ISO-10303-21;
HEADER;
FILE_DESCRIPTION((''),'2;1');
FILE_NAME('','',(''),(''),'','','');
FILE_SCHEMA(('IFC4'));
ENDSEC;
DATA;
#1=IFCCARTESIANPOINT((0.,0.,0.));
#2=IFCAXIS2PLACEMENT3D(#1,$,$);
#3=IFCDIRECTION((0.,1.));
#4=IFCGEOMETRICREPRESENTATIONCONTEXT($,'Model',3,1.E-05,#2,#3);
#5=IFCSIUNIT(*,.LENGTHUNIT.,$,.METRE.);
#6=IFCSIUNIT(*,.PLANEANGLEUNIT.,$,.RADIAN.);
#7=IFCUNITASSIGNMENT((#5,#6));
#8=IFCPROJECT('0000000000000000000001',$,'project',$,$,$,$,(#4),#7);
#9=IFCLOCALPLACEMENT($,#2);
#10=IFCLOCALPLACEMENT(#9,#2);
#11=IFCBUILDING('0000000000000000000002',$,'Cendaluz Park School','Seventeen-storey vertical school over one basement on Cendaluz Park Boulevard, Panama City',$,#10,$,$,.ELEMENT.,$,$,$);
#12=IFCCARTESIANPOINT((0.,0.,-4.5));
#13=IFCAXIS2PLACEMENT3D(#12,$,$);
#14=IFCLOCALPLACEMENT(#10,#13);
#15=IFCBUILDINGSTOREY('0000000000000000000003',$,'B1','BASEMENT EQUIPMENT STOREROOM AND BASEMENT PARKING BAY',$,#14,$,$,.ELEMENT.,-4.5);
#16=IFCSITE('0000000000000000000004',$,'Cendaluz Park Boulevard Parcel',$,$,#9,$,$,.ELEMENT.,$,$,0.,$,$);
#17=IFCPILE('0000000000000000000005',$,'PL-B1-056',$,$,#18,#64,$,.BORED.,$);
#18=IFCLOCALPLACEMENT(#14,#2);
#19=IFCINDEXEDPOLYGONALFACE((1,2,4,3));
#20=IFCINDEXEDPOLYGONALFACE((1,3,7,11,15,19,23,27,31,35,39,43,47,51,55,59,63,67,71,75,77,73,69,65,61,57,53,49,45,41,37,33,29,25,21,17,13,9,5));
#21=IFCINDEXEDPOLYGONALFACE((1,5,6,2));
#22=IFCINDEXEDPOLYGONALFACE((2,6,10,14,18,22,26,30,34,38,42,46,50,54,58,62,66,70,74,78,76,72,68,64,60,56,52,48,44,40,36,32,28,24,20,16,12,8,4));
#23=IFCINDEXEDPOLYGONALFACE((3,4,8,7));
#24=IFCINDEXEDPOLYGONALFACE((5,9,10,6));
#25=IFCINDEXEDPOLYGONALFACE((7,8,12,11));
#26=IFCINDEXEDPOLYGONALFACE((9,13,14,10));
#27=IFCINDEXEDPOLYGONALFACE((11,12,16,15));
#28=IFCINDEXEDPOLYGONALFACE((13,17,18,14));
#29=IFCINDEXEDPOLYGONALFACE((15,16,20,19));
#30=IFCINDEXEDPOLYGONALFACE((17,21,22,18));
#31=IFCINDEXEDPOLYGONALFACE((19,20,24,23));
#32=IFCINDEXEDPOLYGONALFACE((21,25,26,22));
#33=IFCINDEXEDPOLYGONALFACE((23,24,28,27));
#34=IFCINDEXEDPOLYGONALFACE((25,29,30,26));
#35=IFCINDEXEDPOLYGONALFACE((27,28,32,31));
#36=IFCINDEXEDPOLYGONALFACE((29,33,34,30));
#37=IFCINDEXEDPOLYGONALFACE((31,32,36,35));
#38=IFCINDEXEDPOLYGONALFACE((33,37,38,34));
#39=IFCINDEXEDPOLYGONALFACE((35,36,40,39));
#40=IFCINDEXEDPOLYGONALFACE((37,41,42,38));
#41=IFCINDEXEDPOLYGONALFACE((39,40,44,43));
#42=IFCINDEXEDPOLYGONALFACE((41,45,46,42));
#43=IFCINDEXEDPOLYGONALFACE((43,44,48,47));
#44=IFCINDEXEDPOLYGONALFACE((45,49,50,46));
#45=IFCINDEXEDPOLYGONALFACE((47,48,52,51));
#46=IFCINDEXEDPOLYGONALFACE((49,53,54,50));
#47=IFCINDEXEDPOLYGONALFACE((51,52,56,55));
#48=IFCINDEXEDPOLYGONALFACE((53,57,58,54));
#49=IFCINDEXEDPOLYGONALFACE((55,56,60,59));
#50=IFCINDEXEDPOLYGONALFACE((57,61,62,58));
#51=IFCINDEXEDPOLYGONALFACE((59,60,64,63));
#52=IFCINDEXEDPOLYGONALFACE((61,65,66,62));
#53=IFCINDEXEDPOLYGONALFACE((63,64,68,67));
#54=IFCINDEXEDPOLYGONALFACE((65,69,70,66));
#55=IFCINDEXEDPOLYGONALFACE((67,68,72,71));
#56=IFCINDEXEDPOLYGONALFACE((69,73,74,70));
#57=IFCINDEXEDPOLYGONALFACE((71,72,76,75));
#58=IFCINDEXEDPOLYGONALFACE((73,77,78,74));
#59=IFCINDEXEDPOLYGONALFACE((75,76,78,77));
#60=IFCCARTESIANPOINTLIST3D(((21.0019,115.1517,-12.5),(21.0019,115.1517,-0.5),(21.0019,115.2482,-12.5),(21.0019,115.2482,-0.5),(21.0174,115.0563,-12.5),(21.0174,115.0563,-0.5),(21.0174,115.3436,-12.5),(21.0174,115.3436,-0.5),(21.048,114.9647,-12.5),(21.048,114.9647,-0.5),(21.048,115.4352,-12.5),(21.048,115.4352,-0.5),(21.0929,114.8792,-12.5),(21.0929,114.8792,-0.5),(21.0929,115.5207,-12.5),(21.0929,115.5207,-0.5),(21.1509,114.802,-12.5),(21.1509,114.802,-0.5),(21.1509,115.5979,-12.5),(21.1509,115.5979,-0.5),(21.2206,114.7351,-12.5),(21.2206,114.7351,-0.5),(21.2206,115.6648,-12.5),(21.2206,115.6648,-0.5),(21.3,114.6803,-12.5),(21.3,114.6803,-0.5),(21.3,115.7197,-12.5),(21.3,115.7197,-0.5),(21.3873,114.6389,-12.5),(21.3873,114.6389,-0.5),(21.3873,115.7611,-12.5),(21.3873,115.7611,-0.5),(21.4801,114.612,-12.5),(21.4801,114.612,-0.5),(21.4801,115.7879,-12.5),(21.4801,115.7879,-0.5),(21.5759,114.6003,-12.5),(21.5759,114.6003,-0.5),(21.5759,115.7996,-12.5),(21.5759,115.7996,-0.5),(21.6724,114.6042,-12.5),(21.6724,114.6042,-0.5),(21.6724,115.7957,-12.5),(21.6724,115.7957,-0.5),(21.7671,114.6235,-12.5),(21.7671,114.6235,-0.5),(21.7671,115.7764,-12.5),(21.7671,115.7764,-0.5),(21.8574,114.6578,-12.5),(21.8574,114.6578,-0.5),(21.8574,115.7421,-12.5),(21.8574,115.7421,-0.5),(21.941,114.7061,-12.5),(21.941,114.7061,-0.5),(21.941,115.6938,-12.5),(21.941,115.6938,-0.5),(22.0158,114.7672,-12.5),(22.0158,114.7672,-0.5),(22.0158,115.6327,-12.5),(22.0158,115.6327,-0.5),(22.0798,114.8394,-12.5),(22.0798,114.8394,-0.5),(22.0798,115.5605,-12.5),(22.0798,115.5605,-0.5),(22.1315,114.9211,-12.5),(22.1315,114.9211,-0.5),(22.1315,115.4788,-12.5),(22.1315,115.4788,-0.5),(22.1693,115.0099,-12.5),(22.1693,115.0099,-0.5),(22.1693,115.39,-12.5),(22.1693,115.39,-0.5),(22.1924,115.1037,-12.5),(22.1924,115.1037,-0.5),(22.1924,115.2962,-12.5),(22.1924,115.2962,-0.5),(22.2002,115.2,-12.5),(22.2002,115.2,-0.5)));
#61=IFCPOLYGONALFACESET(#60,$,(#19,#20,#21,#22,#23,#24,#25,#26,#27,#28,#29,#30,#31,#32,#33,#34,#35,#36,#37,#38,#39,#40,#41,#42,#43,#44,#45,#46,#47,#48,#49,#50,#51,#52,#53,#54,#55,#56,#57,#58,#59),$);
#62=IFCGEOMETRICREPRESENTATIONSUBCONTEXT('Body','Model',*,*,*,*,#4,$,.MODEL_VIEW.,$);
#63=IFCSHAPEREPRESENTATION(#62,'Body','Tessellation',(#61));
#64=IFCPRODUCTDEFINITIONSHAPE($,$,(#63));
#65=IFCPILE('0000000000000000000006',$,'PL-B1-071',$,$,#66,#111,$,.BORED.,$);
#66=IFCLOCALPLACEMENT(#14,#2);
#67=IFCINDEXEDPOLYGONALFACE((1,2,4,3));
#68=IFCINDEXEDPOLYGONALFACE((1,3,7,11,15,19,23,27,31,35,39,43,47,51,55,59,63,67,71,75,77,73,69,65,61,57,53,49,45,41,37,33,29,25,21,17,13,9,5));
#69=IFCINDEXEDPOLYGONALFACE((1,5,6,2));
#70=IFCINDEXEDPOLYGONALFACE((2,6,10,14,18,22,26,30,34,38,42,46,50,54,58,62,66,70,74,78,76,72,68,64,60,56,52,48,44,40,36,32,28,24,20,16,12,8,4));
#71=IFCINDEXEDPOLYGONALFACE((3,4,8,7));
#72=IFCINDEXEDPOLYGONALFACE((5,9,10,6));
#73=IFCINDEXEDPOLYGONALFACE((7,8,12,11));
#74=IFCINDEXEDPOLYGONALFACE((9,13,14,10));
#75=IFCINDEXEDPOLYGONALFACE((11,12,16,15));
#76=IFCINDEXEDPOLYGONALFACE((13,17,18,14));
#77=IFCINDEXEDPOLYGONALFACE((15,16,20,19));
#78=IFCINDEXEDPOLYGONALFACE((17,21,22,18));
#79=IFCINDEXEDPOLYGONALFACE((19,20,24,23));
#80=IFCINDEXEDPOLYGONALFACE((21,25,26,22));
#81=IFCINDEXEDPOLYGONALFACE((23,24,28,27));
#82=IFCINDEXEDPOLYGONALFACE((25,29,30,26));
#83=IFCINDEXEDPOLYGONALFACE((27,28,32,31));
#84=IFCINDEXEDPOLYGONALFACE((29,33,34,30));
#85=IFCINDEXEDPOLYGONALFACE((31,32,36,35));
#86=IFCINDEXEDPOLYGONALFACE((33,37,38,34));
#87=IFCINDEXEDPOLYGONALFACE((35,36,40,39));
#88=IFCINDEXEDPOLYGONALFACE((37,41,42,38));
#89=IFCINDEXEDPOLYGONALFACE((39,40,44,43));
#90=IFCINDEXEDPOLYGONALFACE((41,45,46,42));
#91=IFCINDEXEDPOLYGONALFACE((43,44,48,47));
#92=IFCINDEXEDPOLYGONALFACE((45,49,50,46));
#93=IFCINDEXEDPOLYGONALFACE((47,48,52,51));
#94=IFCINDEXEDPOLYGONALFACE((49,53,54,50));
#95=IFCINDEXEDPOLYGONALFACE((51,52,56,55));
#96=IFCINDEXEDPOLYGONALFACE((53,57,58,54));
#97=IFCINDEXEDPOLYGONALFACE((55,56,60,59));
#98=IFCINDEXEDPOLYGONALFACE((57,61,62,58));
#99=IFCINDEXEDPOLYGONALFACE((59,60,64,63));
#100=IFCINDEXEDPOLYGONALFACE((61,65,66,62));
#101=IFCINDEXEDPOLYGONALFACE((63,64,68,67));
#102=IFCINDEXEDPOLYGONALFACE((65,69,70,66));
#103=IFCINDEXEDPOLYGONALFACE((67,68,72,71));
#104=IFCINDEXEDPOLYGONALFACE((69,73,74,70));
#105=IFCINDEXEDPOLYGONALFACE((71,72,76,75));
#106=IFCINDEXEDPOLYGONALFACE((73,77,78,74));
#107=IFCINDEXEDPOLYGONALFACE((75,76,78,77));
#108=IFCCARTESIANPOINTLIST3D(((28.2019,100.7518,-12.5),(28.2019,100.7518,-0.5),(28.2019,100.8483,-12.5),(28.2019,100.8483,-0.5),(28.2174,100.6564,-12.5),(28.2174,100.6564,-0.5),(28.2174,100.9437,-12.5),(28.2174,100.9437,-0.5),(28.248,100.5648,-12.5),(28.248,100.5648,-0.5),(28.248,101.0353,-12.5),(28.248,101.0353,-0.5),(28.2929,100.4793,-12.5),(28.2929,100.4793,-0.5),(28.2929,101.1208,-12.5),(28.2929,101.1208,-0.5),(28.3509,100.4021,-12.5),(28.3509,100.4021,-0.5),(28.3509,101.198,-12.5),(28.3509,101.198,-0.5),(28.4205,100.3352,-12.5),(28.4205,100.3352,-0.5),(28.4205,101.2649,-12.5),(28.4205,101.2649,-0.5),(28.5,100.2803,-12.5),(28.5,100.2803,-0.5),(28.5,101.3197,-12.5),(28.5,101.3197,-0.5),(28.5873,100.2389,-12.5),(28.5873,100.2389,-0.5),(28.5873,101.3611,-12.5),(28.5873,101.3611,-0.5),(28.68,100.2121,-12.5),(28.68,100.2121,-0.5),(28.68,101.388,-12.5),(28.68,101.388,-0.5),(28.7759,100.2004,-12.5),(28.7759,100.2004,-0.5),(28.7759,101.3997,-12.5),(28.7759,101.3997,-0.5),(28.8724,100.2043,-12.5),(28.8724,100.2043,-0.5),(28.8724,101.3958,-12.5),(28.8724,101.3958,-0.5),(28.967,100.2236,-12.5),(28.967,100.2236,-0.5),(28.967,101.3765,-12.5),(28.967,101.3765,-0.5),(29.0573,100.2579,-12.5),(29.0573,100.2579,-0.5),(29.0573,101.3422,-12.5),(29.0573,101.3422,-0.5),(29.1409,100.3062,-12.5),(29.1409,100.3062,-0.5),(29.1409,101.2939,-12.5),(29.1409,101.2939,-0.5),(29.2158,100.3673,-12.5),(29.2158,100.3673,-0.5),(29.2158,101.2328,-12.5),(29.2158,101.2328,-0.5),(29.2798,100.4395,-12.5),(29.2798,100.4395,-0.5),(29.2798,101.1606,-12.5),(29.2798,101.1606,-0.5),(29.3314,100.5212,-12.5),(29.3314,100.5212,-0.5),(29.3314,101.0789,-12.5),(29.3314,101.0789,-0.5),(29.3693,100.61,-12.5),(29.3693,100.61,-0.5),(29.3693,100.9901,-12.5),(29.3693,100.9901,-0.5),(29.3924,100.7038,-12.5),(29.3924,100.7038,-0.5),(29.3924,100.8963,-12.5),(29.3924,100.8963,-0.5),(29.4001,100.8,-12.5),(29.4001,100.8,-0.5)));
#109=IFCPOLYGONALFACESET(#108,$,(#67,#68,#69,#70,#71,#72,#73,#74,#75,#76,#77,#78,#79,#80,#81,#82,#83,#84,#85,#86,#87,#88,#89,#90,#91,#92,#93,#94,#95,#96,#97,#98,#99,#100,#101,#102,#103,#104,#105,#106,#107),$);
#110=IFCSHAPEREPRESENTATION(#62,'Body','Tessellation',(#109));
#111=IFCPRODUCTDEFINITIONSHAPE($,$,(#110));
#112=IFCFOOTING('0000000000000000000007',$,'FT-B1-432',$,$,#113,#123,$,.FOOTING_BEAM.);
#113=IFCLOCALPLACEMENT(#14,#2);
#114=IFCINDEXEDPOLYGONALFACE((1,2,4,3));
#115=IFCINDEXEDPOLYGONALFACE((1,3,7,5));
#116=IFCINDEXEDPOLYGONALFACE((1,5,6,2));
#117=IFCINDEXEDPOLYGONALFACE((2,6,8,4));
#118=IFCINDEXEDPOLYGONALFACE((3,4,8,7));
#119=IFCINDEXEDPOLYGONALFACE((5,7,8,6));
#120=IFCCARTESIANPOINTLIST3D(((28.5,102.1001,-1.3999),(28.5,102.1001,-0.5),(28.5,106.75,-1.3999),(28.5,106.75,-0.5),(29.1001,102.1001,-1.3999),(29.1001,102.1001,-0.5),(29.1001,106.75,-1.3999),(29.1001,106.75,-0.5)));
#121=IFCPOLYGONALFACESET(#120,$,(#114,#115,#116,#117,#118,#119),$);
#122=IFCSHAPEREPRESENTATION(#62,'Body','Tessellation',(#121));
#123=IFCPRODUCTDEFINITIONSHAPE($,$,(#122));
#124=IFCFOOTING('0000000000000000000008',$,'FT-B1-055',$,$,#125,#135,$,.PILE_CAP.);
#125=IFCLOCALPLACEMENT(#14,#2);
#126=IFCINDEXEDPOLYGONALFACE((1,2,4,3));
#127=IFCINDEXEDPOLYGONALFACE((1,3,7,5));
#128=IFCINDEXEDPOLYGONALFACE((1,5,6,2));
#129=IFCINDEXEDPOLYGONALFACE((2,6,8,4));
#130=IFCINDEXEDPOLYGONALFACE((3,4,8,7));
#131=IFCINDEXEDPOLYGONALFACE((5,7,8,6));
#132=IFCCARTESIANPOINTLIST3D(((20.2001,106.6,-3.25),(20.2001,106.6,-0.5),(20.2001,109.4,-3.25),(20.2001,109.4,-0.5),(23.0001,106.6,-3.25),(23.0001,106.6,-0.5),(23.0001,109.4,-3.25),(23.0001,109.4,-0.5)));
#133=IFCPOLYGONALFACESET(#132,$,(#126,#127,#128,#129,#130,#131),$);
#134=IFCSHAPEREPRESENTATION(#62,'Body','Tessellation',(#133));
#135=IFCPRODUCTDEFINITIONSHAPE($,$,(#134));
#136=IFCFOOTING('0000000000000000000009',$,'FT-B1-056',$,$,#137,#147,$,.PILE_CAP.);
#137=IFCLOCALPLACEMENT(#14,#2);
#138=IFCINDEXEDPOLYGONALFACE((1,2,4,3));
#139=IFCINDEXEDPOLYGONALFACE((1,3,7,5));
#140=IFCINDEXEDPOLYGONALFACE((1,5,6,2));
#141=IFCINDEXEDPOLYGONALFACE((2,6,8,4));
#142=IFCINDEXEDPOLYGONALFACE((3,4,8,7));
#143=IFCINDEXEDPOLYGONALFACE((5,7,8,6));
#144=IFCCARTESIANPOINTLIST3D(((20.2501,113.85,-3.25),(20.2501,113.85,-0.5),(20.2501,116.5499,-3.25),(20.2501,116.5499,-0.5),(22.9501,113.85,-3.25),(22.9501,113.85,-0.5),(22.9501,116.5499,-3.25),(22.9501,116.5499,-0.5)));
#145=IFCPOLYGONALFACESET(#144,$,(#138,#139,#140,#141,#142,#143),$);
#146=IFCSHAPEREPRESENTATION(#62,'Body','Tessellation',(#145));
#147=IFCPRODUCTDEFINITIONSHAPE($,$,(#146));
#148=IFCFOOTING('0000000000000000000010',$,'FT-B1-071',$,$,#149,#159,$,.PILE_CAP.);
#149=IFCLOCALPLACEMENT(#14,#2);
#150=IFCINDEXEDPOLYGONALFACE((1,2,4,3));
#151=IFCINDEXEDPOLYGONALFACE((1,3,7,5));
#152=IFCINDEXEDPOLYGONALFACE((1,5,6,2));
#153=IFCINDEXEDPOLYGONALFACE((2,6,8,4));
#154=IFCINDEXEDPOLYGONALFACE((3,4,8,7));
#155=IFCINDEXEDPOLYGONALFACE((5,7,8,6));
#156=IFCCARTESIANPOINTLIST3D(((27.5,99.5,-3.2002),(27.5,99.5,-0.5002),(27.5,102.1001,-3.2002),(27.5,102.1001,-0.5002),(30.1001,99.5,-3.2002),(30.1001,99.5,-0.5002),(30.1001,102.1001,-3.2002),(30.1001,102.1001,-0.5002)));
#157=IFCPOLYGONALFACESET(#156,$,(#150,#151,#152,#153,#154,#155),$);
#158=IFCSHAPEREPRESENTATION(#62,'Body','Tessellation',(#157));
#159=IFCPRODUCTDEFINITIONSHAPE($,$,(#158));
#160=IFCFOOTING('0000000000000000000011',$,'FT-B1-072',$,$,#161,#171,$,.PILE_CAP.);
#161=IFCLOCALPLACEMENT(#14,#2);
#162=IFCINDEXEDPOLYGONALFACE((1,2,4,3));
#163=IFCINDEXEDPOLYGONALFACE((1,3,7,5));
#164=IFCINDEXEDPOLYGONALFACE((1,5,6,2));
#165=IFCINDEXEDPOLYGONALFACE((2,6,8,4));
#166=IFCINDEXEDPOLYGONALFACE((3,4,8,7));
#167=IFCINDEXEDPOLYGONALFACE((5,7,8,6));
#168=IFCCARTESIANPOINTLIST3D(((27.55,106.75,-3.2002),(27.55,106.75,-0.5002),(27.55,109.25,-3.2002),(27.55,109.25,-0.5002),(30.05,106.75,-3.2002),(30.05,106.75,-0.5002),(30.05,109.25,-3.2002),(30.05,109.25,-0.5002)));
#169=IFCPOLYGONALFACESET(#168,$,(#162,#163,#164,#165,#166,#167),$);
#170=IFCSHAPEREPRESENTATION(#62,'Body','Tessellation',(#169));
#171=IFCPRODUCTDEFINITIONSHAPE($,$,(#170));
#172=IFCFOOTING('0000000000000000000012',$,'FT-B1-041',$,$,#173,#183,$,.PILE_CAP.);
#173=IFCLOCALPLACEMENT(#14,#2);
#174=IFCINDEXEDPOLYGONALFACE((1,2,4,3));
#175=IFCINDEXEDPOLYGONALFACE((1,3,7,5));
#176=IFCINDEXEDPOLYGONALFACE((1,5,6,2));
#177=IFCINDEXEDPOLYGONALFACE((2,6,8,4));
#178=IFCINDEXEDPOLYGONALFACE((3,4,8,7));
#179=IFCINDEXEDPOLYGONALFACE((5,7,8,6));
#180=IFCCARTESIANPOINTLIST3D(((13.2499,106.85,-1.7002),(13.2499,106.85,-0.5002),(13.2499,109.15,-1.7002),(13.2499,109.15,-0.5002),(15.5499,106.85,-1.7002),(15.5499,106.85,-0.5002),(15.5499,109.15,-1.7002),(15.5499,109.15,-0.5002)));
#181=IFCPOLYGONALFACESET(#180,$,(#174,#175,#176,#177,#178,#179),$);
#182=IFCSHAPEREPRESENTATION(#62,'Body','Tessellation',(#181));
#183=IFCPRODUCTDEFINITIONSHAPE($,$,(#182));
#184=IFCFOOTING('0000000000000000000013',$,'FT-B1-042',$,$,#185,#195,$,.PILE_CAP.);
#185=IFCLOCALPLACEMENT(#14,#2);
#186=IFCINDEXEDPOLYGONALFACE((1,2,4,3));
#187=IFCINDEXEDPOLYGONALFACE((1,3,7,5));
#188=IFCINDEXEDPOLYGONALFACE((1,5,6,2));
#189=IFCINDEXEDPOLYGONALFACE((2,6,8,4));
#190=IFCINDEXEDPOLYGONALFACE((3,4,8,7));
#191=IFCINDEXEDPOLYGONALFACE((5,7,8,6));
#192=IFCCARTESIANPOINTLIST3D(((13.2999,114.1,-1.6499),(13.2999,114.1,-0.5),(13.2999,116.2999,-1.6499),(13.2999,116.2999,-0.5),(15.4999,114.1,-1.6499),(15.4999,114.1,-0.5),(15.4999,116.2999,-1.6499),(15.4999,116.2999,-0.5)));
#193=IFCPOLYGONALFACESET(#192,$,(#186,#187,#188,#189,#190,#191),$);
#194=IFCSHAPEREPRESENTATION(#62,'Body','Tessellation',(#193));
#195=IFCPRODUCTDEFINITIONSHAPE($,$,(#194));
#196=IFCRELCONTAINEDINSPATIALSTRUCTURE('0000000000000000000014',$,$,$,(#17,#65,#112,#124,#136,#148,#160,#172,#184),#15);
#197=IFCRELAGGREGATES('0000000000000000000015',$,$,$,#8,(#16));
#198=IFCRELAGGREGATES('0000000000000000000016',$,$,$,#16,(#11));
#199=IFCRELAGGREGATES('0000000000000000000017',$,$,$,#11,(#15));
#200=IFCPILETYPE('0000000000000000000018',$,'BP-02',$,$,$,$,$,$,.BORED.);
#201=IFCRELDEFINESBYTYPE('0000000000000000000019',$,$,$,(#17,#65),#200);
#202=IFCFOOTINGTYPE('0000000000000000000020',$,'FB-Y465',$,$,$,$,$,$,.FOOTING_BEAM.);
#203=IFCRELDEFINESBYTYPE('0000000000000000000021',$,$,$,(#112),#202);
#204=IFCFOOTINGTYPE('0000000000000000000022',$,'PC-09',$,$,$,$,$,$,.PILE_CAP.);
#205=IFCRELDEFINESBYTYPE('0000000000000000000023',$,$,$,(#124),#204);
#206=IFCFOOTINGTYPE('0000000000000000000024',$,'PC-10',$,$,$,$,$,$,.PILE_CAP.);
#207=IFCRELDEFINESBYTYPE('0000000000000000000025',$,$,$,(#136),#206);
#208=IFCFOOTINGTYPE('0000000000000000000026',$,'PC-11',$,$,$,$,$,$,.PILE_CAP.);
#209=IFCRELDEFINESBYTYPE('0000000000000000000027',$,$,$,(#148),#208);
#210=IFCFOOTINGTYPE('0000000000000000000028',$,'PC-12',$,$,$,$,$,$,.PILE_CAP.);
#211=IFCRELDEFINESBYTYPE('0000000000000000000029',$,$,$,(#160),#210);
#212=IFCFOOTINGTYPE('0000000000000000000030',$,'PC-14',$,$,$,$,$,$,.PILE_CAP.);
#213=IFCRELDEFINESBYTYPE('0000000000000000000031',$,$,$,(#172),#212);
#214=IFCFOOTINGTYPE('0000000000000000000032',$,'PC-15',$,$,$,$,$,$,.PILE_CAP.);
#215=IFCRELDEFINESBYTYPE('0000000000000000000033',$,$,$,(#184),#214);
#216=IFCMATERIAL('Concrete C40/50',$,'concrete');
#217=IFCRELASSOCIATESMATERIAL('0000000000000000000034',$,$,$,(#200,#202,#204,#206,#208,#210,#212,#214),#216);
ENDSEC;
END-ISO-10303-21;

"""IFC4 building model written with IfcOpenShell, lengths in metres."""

from ifc_helpers import new_model, si_unit, direction, frame, origin, origin_2d, place, context, subcontext, project, spatial, rectangle, circle, extrude, material, material_profile, profile_set, type_object, element, save


model = new_model("IFC4")

# Units and contexts
model_context = context("Model", 3, precision=1e-05, world=origin(), true_north=direction((0.0, 1.0)))
body_context = subcontext(model_context, "Body", "Model", "MODEL_VIEW")
ifc_project = project(units=[si_unit("LENGTHUNIT", "METRE"), si_unit("PLANEANGLEUNIT", "RADIAN")], contexts=[model_context])

# Site, building, storey
site_placement = place(None, origin())
site = spatial("IfcSite", under=ifc_project, at=site_placement, Name="Cendaluz Park Boulevard Parcel", CompositionType="ELEMENT", RefElevation=0.0)
building_placement = place(site_placement, origin())
building = spatial("IfcBuilding", under=site, at=building_placement, Name="Cendaluz Park School", Description="Seventeen-storey vertical school over one basement on Cendaluz Park Boulevard, Panama City", CompositionType="ELEMENT")
storey_placement = place(building_placement, frame((0.0, 0.0, -4.5)))
storey = spatial("IfcBuildingStorey", under=building, at=storey_placement, Name="B1", Description="BASEMENT EQUIPMENT STOREROOM AND BASEMENT PARKING BAY", CompositionType="ELEMENT", Elevation=-4.5)

# Piles
ifc_material_1 = material(Name="Concrete C40/50", Category="concrete")
ifc_material_profile_1 = material_profile(ifc_material_1, circle(Radius=0.6001, at=origin_2d()), Name="BP D1200", Category="concrete")
ifc_profile_set_1 = profile_set([ifc_material_profile_1], Name="Concrete C40/50")
pile_type_1 = type_object("IfcPileType", Name="BP-02", PredefinedType="BORED", material=ifc_profile_set_1)
for number, where, z_axis, x_axis, name in (
    (1, (21.6001, 115.2, -0.5), (0.0, 0.0, -1.0), (1.0, 0.0, 0.0), "PL-B1-056"),
    (2, (28.8, 100.8, -0.5), (0.0, 0.0, -1.0), (1.0, 0.0, 0.0), "PL-B1-071"),
):
    element("IfcPile", number, at=place(storey_placement, frame(where, z_axis=z_axis, x_axis=x_axis)), inside=storey, type_object=pile_type_1, Name=name, PredefinedType="BORED", context=body_context, shape_type="SweptSolid", body=[
        extrude(circle(Radius=0.6001, at=origin_2d()), origin(), (0.0, 0.0, 1.0), 12.0),
    ])

# Footings
footing_type_1 = type_object("IfcFootingType", Name="FB-Y465", PredefinedType="FOOTING_BEAM", material=ifc_material_1)
footing_1_placement = place(storey_placement, frame((28.8, 104.425, -1.3999), z_axis=(0.0, 0.0, 1.0), x_axis=(1.0, 0.0, 0.0)))
element("IfcFooting", 3, at=footing_1_placement, inside=storey, type_object=footing_type_1, Name="FT-B1-432", PredefinedType="FOOTING_BEAM", context=body_context, shape_type="SweptSolid", body=[
    extrude(rectangle(XDim=0.6001, YDim=4.6499, at=origin_2d()), origin(), (0.0, 0.0, 1.0), 0.8999),
])
footing_type_2 = type_object("IfcFootingType", Name="PC-09", PredefinedType="PILE_CAP", material=ifc_material_1)
footing_2_placement = place(storey_placement, frame((21.6001, 108.0, -3.25), z_axis=(0.0, 0.0, 1.0), x_axis=(1.0, 0.0, 0.0)))
element("IfcFooting", 4, at=footing_2_placement, inside=storey, type_object=footing_type_2, Name="FT-B1-055", PredefinedType="PILE_CAP", context=body_context, shape_type="SweptSolid", body=[
    extrude(rectangle(XDim=2.8, YDim=2.8, at=origin_2d()), origin(), (0.0, 0.0, 1.0), 2.75),
])
footing_type_3 = type_object("IfcFootingType", Name="PC-10", PredefinedType="PILE_CAP", material=ifc_material_1)
footing_3_placement = place(storey_placement, frame((21.6001, 115.2, -3.25), z_axis=(0.0, 0.0, 1.0), x_axis=(1.0, 0.0, 0.0)))
element("IfcFooting", 5, at=footing_3_placement, inside=storey, type_object=footing_type_3, Name="FT-B1-056", PredefinedType="PILE_CAP", context=body_context, shape_type="SweptSolid", body=[
    extrude(rectangle(XDim=2.7, YDim=2.7, at=origin_2d()), origin(), (0.0, 0.0, 1.0), 2.75),
])
footing_type_4 = type_object("IfcFootingType", Name="PC-11", PredefinedType="PILE_CAP", material=ifc_material_1)
footing_4_placement = place(storey_placement, frame((28.8, 100.8, -3.2002), z_axis=(0.0, 0.0, 1.0), x_axis=(1.0, 0.0, 0.0)))
element("IfcFooting", 6, at=footing_4_placement, inside=storey, type_object=footing_type_4, Name="FT-B1-071", PredefinedType="PILE_CAP", context=body_context, shape_type="SweptSolid", body=[
    extrude(rectangle(XDim=2.6001, YDim=2.6001, at=origin_2d()), origin(), (0.0, 0.0, 1.0), 2.7),
])
footing_type_5 = type_object("IfcFootingType", Name="PC-12", PredefinedType="PILE_CAP", material=ifc_material_1)
footing_5_placement = place(storey_placement, frame((28.8, 108.0, -3.2002), z_axis=(0.0, 0.0, 1.0), x_axis=(1.0, 0.0, 0.0)))
element("IfcFooting", 7, at=footing_5_placement, inside=storey, type_object=footing_type_5, Name="FT-B1-072", PredefinedType="PILE_CAP", context=body_context, shape_type="SweptSolid", body=[
    extrude(rectangle(XDim=2.5, YDim=2.5, at=origin_2d()), origin(), (0.0, 0.0, 1.0), 2.7),
])
footing_type_6 = type_object("IfcFootingType", Name="PC-14", PredefinedType="PILE_CAP", material=ifc_material_1)
footing_6_placement = place(storey_placement, frame((14.3999, 108.0, -1.7002), z_axis=(0.0, 0.0, 1.0), x_axis=(1.0, 0.0, 0.0)))
element("IfcFooting", 8, at=footing_6_placement, inside=storey, type_object=footing_type_6, Name="FT-B1-041", PredefinedType="PILE_CAP", context=body_context, shape_type="SweptSolid", body=[
    extrude(rectangle(XDim=2.3, YDim=2.3, at=origin_2d()), origin(), (0.0, 0.0, 1.0), 1.2),
])
footing_type_7 = type_object("IfcFootingType", Name="PC-15", PredefinedType="PILE_CAP", material=ifc_material_1)
footing_7_placement = place(storey_placement, frame((14.3999, 115.2, -1.6499), z_axis=(0.0, 0.0, 1.0), x_axis=(1.0, 0.0, 0.0)))
element("IfcFooting", 9, at=footing_7_placement, inside=storey, type_object=footing_type_7, Name="FT-B1-042", PredefinedType="PILE_CAP", context=body_context, shape_type="SweptSolid", body=[
    extrude(rectangle(XDim=2.2, YDim=2.2, at=origin_2d()), origin(), (0.0, 0.0, 1.0), 1.1499),
])

save(model, "model.ifc")
